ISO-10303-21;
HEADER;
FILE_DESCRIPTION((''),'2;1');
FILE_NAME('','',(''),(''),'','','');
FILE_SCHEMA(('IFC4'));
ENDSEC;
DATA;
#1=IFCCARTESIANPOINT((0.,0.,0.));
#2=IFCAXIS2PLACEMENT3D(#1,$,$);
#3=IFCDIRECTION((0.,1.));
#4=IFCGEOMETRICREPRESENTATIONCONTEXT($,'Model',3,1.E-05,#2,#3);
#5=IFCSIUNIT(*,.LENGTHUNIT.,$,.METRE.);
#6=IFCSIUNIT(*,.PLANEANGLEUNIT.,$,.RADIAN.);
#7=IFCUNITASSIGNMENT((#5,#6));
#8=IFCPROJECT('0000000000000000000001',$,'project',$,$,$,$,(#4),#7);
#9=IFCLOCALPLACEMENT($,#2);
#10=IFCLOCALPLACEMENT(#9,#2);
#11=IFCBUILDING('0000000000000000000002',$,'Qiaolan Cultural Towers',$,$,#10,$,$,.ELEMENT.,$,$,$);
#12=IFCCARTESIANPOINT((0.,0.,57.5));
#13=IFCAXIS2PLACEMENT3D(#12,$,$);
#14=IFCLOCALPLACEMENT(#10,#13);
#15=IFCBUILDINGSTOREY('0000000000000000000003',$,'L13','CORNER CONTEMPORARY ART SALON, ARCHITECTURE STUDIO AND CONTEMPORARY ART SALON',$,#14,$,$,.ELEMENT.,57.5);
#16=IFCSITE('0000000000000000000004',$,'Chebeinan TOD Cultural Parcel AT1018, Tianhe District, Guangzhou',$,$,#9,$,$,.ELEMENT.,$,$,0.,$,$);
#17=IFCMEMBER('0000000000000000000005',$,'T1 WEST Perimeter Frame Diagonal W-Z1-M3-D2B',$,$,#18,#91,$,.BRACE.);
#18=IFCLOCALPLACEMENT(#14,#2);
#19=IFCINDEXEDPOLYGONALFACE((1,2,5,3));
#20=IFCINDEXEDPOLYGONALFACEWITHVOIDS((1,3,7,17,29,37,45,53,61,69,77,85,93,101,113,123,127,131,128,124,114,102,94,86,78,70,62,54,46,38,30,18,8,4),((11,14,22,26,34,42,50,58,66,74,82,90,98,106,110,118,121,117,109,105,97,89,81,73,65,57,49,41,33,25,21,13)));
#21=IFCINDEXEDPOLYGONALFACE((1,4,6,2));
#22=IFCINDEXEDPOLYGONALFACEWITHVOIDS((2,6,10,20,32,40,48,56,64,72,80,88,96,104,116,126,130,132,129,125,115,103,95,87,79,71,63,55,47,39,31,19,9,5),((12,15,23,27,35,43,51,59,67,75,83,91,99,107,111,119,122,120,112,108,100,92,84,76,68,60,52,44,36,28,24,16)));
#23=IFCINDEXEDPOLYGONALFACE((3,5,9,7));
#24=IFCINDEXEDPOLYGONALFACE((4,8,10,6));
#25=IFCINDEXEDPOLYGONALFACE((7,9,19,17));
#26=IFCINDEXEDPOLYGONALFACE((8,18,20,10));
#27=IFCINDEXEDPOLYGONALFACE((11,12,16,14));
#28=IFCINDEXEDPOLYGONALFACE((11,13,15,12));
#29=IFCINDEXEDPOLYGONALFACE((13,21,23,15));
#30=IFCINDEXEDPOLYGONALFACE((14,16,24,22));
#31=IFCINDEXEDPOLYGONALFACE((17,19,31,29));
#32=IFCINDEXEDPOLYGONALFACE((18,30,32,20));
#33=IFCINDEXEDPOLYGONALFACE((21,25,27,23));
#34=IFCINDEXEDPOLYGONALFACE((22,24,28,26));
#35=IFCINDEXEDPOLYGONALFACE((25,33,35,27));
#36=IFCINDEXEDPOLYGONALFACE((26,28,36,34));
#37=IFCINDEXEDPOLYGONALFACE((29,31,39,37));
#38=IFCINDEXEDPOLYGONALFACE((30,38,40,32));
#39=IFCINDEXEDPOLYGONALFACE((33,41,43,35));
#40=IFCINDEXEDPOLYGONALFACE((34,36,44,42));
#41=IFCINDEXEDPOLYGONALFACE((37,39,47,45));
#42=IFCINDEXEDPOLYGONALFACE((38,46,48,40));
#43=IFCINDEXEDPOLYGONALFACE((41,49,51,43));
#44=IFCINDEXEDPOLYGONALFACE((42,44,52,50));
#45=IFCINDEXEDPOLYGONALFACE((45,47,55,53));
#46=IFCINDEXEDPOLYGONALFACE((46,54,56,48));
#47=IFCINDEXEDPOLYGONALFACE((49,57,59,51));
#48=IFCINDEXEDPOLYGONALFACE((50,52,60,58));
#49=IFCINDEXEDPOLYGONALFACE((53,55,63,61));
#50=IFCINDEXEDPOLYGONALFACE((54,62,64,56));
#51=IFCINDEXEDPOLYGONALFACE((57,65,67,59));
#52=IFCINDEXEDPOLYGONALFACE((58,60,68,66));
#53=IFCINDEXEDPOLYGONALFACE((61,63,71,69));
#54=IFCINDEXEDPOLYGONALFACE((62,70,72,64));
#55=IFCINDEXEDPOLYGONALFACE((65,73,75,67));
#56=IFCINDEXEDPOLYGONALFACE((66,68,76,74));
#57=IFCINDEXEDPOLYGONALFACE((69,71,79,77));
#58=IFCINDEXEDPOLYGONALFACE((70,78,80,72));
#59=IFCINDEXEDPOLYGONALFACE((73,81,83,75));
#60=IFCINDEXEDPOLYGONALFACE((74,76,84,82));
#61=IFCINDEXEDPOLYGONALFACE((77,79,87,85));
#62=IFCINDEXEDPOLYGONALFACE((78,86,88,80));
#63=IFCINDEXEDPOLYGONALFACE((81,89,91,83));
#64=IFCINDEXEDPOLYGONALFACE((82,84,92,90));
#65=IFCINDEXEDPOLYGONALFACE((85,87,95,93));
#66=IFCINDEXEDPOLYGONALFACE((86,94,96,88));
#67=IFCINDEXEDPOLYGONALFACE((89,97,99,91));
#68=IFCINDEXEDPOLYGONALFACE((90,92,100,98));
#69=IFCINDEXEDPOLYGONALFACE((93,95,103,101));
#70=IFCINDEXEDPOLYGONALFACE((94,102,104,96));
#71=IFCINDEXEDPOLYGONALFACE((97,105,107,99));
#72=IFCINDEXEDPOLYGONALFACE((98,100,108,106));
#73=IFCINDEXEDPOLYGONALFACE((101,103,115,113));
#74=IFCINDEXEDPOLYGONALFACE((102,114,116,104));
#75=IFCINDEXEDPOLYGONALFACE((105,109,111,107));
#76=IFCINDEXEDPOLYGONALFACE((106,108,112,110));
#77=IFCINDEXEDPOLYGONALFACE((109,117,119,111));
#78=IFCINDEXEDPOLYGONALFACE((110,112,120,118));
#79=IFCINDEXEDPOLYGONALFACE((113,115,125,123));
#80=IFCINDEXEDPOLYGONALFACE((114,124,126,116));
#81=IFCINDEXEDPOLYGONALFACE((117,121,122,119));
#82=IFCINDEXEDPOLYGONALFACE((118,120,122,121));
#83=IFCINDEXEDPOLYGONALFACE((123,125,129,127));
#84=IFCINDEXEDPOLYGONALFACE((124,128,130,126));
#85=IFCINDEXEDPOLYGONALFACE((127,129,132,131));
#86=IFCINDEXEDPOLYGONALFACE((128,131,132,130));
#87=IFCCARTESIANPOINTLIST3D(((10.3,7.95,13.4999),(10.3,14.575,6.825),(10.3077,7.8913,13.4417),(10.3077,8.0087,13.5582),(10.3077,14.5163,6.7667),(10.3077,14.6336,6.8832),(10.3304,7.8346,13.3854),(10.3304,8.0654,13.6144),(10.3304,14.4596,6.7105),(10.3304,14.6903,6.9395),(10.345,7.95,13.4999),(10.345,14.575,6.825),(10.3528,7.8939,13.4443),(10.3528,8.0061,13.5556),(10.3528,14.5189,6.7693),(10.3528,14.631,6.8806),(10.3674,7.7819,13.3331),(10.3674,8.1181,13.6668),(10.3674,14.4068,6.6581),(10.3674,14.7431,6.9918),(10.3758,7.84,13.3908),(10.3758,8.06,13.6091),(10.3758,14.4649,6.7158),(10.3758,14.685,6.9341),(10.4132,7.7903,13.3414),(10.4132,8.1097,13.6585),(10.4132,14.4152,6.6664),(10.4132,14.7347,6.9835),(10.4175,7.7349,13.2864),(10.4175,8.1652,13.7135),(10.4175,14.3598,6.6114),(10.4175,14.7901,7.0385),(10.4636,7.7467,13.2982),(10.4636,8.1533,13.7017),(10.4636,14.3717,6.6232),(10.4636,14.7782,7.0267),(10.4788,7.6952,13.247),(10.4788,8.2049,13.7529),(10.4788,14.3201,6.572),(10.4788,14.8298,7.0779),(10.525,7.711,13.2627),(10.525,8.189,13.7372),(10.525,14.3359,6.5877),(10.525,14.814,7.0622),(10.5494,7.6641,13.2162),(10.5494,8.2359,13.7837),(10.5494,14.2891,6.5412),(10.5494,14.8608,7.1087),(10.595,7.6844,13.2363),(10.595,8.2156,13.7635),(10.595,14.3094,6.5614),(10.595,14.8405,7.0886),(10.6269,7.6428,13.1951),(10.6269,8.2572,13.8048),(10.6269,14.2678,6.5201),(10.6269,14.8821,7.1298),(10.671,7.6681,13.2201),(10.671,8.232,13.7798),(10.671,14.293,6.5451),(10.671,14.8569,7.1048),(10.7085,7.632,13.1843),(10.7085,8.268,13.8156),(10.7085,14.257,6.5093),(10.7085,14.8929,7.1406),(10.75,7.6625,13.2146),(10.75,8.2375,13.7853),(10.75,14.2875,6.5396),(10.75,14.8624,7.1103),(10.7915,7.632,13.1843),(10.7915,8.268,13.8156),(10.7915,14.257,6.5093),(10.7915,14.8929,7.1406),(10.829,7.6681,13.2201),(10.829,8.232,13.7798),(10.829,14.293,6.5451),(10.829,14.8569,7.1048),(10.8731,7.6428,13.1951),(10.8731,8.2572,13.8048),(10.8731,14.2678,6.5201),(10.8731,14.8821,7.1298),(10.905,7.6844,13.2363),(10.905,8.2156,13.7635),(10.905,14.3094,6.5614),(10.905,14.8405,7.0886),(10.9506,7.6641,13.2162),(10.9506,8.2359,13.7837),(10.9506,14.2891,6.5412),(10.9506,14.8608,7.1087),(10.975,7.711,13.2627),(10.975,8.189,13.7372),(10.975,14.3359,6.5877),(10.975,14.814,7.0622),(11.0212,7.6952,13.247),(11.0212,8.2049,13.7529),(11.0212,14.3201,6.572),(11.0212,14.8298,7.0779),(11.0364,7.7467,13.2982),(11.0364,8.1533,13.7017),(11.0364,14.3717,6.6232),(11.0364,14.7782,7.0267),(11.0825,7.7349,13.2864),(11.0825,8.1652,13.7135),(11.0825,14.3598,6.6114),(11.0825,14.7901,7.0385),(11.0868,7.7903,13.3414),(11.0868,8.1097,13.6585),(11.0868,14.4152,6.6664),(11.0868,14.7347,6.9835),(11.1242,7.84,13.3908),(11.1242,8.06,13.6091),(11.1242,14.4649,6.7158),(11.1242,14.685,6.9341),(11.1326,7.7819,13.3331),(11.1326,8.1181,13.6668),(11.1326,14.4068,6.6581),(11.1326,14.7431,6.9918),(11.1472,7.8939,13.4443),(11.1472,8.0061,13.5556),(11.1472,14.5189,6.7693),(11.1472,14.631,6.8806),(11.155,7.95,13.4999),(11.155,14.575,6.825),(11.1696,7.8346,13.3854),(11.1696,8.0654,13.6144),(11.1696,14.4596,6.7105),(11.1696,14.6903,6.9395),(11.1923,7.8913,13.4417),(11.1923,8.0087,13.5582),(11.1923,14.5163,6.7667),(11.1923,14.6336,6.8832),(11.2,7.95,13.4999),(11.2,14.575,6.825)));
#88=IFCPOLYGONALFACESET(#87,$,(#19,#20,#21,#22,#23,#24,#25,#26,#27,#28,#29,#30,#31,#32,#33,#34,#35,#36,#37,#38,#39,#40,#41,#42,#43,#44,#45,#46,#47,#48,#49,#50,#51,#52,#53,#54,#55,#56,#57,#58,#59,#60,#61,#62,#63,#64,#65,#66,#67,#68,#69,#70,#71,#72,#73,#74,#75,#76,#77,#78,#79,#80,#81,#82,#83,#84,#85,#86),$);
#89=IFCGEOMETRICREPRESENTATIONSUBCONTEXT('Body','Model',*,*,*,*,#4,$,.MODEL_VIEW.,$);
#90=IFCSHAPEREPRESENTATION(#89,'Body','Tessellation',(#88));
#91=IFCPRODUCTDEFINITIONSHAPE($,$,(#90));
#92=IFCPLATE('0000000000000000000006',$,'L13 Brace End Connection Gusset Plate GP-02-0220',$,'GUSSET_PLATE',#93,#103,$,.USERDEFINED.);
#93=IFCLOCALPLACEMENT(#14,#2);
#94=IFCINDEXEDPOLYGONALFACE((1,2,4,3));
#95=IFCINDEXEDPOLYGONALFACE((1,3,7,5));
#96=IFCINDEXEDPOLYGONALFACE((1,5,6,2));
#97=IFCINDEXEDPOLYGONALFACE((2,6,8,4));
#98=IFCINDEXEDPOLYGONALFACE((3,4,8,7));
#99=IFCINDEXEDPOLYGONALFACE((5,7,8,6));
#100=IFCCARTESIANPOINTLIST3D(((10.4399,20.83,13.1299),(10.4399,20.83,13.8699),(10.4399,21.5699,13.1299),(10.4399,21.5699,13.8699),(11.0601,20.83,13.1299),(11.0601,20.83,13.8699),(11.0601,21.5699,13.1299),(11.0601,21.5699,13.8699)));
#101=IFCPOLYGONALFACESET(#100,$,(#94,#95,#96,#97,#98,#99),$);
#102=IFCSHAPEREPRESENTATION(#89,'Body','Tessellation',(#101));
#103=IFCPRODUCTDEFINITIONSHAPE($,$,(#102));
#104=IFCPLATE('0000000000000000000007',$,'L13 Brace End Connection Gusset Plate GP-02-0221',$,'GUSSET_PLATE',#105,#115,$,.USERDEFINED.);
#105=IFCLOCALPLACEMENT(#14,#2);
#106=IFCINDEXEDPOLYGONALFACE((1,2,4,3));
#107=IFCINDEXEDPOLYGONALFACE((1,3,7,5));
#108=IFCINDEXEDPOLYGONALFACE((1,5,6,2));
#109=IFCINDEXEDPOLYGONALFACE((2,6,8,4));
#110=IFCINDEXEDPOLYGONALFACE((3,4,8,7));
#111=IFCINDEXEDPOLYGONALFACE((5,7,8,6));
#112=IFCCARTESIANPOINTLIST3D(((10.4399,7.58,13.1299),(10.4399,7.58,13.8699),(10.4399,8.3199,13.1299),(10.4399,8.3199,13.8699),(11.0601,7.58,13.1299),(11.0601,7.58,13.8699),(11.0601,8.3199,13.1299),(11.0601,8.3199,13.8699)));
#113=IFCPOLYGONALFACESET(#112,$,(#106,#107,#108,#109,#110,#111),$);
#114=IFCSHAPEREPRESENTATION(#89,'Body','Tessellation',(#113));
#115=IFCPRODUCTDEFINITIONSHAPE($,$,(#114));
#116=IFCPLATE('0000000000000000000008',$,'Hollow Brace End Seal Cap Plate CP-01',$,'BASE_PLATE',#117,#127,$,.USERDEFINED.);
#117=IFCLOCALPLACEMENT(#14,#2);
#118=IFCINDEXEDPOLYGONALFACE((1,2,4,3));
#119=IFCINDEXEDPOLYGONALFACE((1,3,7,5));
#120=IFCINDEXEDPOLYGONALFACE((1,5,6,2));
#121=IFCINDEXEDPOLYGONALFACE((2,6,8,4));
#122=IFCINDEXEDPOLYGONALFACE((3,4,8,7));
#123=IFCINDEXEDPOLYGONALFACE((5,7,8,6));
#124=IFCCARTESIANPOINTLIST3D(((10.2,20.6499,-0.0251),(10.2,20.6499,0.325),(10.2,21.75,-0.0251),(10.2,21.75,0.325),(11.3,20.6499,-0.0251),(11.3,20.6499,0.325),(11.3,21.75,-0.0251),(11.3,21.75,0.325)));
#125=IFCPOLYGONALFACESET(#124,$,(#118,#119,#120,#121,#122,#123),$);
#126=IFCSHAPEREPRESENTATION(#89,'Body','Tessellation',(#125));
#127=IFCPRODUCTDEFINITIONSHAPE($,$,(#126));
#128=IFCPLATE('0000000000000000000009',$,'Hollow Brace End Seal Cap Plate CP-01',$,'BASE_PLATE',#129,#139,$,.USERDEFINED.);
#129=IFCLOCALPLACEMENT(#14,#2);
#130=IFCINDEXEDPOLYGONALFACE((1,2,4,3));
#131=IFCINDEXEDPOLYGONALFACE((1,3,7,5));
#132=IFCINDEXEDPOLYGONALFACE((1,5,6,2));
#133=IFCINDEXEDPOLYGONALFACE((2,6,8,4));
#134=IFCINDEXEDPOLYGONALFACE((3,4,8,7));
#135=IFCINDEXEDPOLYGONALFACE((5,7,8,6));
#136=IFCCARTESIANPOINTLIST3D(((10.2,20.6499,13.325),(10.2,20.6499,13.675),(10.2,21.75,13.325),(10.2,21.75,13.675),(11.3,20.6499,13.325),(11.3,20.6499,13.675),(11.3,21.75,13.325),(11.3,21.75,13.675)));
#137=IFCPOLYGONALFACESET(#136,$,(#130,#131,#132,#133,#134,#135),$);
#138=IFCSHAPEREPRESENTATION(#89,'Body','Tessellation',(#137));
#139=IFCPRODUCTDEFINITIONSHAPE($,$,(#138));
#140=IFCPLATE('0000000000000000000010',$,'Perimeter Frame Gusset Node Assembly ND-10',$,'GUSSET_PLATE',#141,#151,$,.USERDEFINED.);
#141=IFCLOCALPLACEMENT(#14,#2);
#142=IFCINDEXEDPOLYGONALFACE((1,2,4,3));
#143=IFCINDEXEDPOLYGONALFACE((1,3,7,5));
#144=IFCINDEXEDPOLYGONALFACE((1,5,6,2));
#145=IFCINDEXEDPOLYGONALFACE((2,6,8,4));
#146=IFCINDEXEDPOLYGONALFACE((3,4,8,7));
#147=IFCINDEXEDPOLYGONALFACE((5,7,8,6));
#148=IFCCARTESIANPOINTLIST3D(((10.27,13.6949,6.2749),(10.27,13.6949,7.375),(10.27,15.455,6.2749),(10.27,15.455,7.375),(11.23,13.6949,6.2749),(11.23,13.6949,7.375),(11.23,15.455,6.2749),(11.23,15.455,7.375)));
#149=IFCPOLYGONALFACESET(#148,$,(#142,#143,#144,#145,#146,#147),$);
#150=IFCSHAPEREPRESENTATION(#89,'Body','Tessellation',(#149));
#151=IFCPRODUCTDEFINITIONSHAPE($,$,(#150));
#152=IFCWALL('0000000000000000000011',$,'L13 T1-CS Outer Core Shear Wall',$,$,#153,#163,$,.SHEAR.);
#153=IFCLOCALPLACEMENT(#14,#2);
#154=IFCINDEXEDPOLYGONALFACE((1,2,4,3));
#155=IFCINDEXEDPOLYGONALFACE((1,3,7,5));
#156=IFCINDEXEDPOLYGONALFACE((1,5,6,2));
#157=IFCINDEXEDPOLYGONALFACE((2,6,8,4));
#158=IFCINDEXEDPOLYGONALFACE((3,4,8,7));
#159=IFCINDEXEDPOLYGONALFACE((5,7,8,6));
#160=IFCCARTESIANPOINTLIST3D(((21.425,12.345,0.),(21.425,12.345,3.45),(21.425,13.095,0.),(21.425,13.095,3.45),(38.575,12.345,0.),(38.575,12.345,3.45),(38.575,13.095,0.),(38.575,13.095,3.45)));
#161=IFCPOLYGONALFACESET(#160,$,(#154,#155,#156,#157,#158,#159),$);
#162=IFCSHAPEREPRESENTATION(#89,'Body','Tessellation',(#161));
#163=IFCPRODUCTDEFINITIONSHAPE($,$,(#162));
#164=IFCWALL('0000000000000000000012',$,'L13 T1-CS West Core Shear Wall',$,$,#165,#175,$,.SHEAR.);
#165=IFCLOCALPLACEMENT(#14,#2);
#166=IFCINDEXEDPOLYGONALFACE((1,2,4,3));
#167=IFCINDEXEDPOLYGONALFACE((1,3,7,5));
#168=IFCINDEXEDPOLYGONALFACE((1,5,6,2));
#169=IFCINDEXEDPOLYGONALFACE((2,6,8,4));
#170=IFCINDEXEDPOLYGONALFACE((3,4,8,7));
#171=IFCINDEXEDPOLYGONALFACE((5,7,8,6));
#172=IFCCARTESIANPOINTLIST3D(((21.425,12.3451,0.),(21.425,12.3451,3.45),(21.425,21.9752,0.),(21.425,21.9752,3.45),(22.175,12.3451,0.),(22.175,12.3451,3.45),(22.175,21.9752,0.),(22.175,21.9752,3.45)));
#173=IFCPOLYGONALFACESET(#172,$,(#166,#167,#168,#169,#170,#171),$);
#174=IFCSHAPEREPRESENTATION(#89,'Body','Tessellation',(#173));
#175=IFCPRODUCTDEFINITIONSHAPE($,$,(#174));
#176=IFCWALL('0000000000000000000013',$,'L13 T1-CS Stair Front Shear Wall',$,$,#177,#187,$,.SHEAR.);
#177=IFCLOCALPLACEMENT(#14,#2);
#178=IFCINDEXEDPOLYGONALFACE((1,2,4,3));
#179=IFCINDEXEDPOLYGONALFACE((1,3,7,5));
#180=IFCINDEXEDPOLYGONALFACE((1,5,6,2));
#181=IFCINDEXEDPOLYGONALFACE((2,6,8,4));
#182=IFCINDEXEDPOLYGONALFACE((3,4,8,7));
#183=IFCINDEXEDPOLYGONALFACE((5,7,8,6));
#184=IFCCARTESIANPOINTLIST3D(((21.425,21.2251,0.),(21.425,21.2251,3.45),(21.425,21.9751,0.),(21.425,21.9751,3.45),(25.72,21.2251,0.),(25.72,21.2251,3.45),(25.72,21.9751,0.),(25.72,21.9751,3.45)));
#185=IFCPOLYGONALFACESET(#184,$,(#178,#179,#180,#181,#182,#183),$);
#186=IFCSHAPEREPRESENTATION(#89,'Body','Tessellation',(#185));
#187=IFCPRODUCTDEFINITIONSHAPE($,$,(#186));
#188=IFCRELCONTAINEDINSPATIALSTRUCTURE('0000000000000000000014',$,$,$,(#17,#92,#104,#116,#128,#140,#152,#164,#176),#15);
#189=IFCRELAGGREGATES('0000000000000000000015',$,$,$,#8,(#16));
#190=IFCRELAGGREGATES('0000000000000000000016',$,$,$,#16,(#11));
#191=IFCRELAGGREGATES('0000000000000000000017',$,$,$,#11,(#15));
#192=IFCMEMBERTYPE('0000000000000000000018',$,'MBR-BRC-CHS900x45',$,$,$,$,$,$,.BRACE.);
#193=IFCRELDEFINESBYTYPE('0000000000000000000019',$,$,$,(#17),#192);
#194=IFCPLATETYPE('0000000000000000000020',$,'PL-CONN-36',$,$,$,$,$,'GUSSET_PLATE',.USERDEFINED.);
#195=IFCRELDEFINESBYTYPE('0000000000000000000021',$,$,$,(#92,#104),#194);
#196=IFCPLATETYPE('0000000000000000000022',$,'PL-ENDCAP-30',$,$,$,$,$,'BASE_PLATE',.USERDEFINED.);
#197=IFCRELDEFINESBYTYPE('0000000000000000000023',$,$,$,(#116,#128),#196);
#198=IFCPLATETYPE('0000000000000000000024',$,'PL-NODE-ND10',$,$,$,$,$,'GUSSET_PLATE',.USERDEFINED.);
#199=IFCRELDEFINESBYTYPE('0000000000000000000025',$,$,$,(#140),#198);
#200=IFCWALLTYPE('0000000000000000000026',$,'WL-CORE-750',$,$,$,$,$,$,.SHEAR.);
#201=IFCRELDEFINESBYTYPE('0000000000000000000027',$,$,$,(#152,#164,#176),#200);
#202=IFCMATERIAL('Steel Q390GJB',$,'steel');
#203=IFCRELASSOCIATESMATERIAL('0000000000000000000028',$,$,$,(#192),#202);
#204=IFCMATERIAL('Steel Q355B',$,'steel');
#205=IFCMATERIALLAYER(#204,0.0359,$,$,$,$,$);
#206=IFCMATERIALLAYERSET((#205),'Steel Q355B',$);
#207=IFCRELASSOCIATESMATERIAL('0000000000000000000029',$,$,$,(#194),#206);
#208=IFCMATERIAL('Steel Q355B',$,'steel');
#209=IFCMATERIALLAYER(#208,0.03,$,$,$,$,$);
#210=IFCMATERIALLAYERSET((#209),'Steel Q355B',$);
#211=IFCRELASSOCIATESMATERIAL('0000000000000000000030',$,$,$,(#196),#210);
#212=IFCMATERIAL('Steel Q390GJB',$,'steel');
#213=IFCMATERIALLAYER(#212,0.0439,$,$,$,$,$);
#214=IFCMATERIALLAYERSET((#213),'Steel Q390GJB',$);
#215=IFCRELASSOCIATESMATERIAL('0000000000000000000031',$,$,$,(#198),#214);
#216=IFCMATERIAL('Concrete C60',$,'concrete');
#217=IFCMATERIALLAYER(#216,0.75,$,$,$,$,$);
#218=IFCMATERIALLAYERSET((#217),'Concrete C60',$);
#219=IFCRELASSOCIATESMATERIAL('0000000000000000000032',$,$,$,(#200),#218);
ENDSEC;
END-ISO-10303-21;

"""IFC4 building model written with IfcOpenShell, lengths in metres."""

from ifc_helpers import new_model, si_unit, direction, frame, frame_2d, origin, origin_2d, place, context, subcontext, project, spatial, rectangle, hollow_circle, extrude, material, layer, layer_set, material_profile, profile_set, type_object, element, save


model = new_model("IFC4")

# Units and contexts
model_context = context("Model", 3, precision=1e-05, world=origin(), true_north=direction((0.0, 1.0)))
body_context = subcontext(model_context, "Body", "Model", "MODEL_VIEW")
ifc_project = project(units=[si_unit("LENGTHUNIT", "METRE"), si_unit("PLANEANGLEUNIT", "RADIAN")], contexts=[model_context])

# Site, building, storey
site_placement = place(None, origin())
site = spatial("IfcSite", under=ifc_project, at=site_placement, Name="Chebeinan TOD Cultural Parcel AT1018, Tianhe District, Guangzhou", CompositionType="ELEMENT", RefElevation=0.0)
building_placement = place(site_placement, origin())
building = spatial("IfcBuilding", under=site, at=building_placement, Name="Qiaolan Cultural Towers", CompositionType="ELEMENT")
storey_placement = place(building_placement, frame((0.0, 0.0, 57.5)))
storey = spatial("IfcBuildingStorey", under=building, at=storey_placement, Name="L13", Description="CORNER CONTEMPORARY ART SALON, ARCHITECTURE STUDIO AND CONTEMPORARY ART SALON", CompositionType="ELEMENT", Elevation=57.5)

# Member
ifc_material_1 = material(Name="Steel Q390GJB", Category="steel")
ifc_material_profile_1 = material_profile(ifc_material_1, hollow_circle(Radius=0.45, WallThickness=0.0449, at=origin_2d()), Name="CHS900x45")
ifc_profile_set_1 = profile_set([ifc_material_profile_1], Name="Steel Q390GJB")
member_type = type_object("IfcMemberType", Name="MBR-BRC-CHS900x45", PredefinedType="BRACE", material=ifc_profile_set_1)
for number, where, z_axis, x_axis, name in (
    (1, (10.75, 14.575, 6.825), (0.0, -0.704441, 0.709763), (1.0, 0.0, 0.0), "T1 WEST Perimeter Frame Diagonal W-Z1-M3-D2B"),
):
    element("IfcMember", number, at=place(storey_placement, frame(where, z_axis=z_axis, x_axis=x_axis)), inside=storey, type_object=member_type, Name=name, PredefinedType="BRACE", context=body_context, shape_type="SweptSolid", body=[
        extrude(hollow_circle(Radius=0.45, WallThickness=0.0449, at=origin_2d()), origin(), (0.0, 0.0, 1.0), 9.4045),
    ])

# Plates
ifc_material_2 = material(Name="Steel Q355B", Category="steel")
ifc_layer_1 = layer(ifc_material_2, 0.0359)
ifc_layer_set_1 = layer_set([ifc_layer_1], Name="Steel Q355B")
plate_type_1 = type_object("IfcPlateType", Name="PL-CONN-36", ElementType="GUSSET_PLATE", PredefinedType="USERDEFINED", material=ifc_layer_set_1)
for number, where, z_axis, x_axis, name in (
    (2, (10.75, 21.2, 13.1299), (0.0, 0.0, 1.0), (0.0, 1.0, 0.0), "L13 Brace End Connection Gusset Plate GP-02-0220"),
    (3, (10.75, 7.95, 13.1299), (0.0, 0.0, 1.0), (0.0, 1.0, 0.0), "L13 Brace End Connection Gusset Plate GP-02-0221"),
):
    element("IfcPlate", number, at=place(storey_placement, frame(where, z_axis=z_axis, x_axis=x_axis)), inside=storey, type_object=plate_type_1, Name=name, ObjectType="GUSSET_PLATE", PredefinedType="USERDEFINED", context=body_context, shape_type="SweptSolid", body=[
        extrude(rectangle(XDim=0.74, YDim=0.6201, at=origin_2d()), origin(), (0.0, 0.0, 1.0), 0.74),
    ])
ifc_material_3 = material(Name="Steel Q355B", Category="steel")
ifc_layer_2 = layer(ifc_material_3, 0.03)
ifc_layer_set_2 = layer_set([ifc_layer_2], Name="Steel Q355B")
plate_type_2 = type_object("IfcPlateType", Name="PL-ENDCAP-30", ElementType="BASE_PLATE", PredefinedType="USERDEFINED", material=ifc_layer_set_2)
for number, where, z_axis, x_axis, name in (
    (4, (10.75, 21.2, -0.0251), (0.0, 0.0, 1.0), (0.0, 1.0, 0.0), "Hollow Brace End Seal Cap Plate CP-01"),
    (5, (10.75, 21.2, 13.325), (0.0, 0.0, 1.0), (0.0, 1.0, 0.0), "Hollow Brace End Seal Cap Plate CP-01"),
):
    element("IfcPlate", number, at=place(storey_placement, frame(where, z_axis=z_axis, x_axis=x_axis)), inside=storey, type_object=plate_type_2, Name=name, ObjectType="BASE_PLATE", PredefinedType="USERDEFINED", context=body_context, shape_type="SweptSolid", body=[
        extrude(rectangle(XDim=1.1001, YDim=1.1001, at=origin_2d()), origin(), (0.0, 0.0, 1.0), 0.3501),
    ])
ifc_material_4 = material(Name="Steel Q390GJB", Category="steel")
ifc_layer_3 = layer(ifc_material_4, 0.0439)
ifc_layer_set_3 = layer_set([ifc_layer_3], Name="Steel Q390GJB")
plate_type_3 = type_object("IfcPlateType", Name="PL-NODE-ND10", ElementType="GUSSET_PLATE", PredefinedType="USERDEFINED", material=ifc_layer_set_3)
plate_placement = place(storey_placement, frame((10.75, 14.575, 6.2749), z_axis=(0.0, 0.0, 1.0), x_axis=(0.0, 1.0, 0.0)))
element("IfcPlate", 6, at=plate_placement, inside=storey, type_object=plate_type_3, Name="Perimeter Frame Gusset Node Assembly ND-10", ObjectType="GUSSET_PLATE", PredefinedType="USERDEFINED", context=body_context, shape_type="SweptSolid", body=[
    extrude(rectangle(XDim=1.76, YDim=0.96, at=origin_2d()), origin(), (0.0, 0.0, 1.0), 1.1001),
])

# Walls
ifc_material_5 = material(Name="Concrete C60", Category="concrete")
ifc_layer_4 = layer(ifc_material_5, 0.75)
ifc_layer_set_4 = layer_set([ifc_layer_4], Name="Concrete C60")
wall_type_1 = type_object("IfcWallType", Name="WL-CORE-750", PredefinedType="SHEAR", material=ifc_layer_set_4)
wall_1_placement = place(storey_placement, frame((21.425, 12.72, 0.0), z_axis=(0.0, 0.0, 1.0), x_axis=(1.0, 0.0, 0.0)))
element("IfcWall", 7, at=wall_1_placement, inside=storey, type_object=wall_type_1, Name="L13 T1-CS Outer Core Shear Wall", PredefinedType="SHEAR", context=body_context, shape_type="SweptSolid", body=[
    extrude(rectangle(XDim=17.1499, YDim=0.75, at=frame_2d((8.575, 0.0))), origin(), (0.0, 0.0, 1.0), 3.45),
])
wall_2_placement = place(storey_placement, frame((21.8, 21.9751, 0.0), z_axis=(0.0, 0.0, 1.0), x_axis=(0.0, -1.0, 0.0)))
element("IfcWall", 8, at=wall_2_placement, inside=storey, type_object=wall_type_1, Name="L13 T1-CS West Core Shear Wall", PredefinedType="SHEAR", context=body_context, shape_type="SweptSolid", body=[
    extrude(rectangle(XDim=9.6301, YDim=0.75, at=frame_2d((4.8149, 0.0))), origin(), (0.0, 0.0, 1.0), 3.45),
])
wall_3_placement = place(storey_placement, frame((21.425, 21.6001, 0.0), z_axis=(0.0, 0.0, 1.0), x_axis=(1.0, 0.0, 0.0)))
element("IfcWall", 9, at=wall_3_placement, inside=storey, type_object=wall_type_1, Name="L13 T1-CS Stair Front Shear Wall", PredefinedType="SHEAR", context=body_context, shape_type="SweptSolid", body=[
    extrude(rectangle(XDim=4.2949, YDim=0.75, at=frame_2d((2.1475, 0.0))), origin(), (0.0, 0.0, 1.0), 3.45),
])

save(model, "model.ifc")
